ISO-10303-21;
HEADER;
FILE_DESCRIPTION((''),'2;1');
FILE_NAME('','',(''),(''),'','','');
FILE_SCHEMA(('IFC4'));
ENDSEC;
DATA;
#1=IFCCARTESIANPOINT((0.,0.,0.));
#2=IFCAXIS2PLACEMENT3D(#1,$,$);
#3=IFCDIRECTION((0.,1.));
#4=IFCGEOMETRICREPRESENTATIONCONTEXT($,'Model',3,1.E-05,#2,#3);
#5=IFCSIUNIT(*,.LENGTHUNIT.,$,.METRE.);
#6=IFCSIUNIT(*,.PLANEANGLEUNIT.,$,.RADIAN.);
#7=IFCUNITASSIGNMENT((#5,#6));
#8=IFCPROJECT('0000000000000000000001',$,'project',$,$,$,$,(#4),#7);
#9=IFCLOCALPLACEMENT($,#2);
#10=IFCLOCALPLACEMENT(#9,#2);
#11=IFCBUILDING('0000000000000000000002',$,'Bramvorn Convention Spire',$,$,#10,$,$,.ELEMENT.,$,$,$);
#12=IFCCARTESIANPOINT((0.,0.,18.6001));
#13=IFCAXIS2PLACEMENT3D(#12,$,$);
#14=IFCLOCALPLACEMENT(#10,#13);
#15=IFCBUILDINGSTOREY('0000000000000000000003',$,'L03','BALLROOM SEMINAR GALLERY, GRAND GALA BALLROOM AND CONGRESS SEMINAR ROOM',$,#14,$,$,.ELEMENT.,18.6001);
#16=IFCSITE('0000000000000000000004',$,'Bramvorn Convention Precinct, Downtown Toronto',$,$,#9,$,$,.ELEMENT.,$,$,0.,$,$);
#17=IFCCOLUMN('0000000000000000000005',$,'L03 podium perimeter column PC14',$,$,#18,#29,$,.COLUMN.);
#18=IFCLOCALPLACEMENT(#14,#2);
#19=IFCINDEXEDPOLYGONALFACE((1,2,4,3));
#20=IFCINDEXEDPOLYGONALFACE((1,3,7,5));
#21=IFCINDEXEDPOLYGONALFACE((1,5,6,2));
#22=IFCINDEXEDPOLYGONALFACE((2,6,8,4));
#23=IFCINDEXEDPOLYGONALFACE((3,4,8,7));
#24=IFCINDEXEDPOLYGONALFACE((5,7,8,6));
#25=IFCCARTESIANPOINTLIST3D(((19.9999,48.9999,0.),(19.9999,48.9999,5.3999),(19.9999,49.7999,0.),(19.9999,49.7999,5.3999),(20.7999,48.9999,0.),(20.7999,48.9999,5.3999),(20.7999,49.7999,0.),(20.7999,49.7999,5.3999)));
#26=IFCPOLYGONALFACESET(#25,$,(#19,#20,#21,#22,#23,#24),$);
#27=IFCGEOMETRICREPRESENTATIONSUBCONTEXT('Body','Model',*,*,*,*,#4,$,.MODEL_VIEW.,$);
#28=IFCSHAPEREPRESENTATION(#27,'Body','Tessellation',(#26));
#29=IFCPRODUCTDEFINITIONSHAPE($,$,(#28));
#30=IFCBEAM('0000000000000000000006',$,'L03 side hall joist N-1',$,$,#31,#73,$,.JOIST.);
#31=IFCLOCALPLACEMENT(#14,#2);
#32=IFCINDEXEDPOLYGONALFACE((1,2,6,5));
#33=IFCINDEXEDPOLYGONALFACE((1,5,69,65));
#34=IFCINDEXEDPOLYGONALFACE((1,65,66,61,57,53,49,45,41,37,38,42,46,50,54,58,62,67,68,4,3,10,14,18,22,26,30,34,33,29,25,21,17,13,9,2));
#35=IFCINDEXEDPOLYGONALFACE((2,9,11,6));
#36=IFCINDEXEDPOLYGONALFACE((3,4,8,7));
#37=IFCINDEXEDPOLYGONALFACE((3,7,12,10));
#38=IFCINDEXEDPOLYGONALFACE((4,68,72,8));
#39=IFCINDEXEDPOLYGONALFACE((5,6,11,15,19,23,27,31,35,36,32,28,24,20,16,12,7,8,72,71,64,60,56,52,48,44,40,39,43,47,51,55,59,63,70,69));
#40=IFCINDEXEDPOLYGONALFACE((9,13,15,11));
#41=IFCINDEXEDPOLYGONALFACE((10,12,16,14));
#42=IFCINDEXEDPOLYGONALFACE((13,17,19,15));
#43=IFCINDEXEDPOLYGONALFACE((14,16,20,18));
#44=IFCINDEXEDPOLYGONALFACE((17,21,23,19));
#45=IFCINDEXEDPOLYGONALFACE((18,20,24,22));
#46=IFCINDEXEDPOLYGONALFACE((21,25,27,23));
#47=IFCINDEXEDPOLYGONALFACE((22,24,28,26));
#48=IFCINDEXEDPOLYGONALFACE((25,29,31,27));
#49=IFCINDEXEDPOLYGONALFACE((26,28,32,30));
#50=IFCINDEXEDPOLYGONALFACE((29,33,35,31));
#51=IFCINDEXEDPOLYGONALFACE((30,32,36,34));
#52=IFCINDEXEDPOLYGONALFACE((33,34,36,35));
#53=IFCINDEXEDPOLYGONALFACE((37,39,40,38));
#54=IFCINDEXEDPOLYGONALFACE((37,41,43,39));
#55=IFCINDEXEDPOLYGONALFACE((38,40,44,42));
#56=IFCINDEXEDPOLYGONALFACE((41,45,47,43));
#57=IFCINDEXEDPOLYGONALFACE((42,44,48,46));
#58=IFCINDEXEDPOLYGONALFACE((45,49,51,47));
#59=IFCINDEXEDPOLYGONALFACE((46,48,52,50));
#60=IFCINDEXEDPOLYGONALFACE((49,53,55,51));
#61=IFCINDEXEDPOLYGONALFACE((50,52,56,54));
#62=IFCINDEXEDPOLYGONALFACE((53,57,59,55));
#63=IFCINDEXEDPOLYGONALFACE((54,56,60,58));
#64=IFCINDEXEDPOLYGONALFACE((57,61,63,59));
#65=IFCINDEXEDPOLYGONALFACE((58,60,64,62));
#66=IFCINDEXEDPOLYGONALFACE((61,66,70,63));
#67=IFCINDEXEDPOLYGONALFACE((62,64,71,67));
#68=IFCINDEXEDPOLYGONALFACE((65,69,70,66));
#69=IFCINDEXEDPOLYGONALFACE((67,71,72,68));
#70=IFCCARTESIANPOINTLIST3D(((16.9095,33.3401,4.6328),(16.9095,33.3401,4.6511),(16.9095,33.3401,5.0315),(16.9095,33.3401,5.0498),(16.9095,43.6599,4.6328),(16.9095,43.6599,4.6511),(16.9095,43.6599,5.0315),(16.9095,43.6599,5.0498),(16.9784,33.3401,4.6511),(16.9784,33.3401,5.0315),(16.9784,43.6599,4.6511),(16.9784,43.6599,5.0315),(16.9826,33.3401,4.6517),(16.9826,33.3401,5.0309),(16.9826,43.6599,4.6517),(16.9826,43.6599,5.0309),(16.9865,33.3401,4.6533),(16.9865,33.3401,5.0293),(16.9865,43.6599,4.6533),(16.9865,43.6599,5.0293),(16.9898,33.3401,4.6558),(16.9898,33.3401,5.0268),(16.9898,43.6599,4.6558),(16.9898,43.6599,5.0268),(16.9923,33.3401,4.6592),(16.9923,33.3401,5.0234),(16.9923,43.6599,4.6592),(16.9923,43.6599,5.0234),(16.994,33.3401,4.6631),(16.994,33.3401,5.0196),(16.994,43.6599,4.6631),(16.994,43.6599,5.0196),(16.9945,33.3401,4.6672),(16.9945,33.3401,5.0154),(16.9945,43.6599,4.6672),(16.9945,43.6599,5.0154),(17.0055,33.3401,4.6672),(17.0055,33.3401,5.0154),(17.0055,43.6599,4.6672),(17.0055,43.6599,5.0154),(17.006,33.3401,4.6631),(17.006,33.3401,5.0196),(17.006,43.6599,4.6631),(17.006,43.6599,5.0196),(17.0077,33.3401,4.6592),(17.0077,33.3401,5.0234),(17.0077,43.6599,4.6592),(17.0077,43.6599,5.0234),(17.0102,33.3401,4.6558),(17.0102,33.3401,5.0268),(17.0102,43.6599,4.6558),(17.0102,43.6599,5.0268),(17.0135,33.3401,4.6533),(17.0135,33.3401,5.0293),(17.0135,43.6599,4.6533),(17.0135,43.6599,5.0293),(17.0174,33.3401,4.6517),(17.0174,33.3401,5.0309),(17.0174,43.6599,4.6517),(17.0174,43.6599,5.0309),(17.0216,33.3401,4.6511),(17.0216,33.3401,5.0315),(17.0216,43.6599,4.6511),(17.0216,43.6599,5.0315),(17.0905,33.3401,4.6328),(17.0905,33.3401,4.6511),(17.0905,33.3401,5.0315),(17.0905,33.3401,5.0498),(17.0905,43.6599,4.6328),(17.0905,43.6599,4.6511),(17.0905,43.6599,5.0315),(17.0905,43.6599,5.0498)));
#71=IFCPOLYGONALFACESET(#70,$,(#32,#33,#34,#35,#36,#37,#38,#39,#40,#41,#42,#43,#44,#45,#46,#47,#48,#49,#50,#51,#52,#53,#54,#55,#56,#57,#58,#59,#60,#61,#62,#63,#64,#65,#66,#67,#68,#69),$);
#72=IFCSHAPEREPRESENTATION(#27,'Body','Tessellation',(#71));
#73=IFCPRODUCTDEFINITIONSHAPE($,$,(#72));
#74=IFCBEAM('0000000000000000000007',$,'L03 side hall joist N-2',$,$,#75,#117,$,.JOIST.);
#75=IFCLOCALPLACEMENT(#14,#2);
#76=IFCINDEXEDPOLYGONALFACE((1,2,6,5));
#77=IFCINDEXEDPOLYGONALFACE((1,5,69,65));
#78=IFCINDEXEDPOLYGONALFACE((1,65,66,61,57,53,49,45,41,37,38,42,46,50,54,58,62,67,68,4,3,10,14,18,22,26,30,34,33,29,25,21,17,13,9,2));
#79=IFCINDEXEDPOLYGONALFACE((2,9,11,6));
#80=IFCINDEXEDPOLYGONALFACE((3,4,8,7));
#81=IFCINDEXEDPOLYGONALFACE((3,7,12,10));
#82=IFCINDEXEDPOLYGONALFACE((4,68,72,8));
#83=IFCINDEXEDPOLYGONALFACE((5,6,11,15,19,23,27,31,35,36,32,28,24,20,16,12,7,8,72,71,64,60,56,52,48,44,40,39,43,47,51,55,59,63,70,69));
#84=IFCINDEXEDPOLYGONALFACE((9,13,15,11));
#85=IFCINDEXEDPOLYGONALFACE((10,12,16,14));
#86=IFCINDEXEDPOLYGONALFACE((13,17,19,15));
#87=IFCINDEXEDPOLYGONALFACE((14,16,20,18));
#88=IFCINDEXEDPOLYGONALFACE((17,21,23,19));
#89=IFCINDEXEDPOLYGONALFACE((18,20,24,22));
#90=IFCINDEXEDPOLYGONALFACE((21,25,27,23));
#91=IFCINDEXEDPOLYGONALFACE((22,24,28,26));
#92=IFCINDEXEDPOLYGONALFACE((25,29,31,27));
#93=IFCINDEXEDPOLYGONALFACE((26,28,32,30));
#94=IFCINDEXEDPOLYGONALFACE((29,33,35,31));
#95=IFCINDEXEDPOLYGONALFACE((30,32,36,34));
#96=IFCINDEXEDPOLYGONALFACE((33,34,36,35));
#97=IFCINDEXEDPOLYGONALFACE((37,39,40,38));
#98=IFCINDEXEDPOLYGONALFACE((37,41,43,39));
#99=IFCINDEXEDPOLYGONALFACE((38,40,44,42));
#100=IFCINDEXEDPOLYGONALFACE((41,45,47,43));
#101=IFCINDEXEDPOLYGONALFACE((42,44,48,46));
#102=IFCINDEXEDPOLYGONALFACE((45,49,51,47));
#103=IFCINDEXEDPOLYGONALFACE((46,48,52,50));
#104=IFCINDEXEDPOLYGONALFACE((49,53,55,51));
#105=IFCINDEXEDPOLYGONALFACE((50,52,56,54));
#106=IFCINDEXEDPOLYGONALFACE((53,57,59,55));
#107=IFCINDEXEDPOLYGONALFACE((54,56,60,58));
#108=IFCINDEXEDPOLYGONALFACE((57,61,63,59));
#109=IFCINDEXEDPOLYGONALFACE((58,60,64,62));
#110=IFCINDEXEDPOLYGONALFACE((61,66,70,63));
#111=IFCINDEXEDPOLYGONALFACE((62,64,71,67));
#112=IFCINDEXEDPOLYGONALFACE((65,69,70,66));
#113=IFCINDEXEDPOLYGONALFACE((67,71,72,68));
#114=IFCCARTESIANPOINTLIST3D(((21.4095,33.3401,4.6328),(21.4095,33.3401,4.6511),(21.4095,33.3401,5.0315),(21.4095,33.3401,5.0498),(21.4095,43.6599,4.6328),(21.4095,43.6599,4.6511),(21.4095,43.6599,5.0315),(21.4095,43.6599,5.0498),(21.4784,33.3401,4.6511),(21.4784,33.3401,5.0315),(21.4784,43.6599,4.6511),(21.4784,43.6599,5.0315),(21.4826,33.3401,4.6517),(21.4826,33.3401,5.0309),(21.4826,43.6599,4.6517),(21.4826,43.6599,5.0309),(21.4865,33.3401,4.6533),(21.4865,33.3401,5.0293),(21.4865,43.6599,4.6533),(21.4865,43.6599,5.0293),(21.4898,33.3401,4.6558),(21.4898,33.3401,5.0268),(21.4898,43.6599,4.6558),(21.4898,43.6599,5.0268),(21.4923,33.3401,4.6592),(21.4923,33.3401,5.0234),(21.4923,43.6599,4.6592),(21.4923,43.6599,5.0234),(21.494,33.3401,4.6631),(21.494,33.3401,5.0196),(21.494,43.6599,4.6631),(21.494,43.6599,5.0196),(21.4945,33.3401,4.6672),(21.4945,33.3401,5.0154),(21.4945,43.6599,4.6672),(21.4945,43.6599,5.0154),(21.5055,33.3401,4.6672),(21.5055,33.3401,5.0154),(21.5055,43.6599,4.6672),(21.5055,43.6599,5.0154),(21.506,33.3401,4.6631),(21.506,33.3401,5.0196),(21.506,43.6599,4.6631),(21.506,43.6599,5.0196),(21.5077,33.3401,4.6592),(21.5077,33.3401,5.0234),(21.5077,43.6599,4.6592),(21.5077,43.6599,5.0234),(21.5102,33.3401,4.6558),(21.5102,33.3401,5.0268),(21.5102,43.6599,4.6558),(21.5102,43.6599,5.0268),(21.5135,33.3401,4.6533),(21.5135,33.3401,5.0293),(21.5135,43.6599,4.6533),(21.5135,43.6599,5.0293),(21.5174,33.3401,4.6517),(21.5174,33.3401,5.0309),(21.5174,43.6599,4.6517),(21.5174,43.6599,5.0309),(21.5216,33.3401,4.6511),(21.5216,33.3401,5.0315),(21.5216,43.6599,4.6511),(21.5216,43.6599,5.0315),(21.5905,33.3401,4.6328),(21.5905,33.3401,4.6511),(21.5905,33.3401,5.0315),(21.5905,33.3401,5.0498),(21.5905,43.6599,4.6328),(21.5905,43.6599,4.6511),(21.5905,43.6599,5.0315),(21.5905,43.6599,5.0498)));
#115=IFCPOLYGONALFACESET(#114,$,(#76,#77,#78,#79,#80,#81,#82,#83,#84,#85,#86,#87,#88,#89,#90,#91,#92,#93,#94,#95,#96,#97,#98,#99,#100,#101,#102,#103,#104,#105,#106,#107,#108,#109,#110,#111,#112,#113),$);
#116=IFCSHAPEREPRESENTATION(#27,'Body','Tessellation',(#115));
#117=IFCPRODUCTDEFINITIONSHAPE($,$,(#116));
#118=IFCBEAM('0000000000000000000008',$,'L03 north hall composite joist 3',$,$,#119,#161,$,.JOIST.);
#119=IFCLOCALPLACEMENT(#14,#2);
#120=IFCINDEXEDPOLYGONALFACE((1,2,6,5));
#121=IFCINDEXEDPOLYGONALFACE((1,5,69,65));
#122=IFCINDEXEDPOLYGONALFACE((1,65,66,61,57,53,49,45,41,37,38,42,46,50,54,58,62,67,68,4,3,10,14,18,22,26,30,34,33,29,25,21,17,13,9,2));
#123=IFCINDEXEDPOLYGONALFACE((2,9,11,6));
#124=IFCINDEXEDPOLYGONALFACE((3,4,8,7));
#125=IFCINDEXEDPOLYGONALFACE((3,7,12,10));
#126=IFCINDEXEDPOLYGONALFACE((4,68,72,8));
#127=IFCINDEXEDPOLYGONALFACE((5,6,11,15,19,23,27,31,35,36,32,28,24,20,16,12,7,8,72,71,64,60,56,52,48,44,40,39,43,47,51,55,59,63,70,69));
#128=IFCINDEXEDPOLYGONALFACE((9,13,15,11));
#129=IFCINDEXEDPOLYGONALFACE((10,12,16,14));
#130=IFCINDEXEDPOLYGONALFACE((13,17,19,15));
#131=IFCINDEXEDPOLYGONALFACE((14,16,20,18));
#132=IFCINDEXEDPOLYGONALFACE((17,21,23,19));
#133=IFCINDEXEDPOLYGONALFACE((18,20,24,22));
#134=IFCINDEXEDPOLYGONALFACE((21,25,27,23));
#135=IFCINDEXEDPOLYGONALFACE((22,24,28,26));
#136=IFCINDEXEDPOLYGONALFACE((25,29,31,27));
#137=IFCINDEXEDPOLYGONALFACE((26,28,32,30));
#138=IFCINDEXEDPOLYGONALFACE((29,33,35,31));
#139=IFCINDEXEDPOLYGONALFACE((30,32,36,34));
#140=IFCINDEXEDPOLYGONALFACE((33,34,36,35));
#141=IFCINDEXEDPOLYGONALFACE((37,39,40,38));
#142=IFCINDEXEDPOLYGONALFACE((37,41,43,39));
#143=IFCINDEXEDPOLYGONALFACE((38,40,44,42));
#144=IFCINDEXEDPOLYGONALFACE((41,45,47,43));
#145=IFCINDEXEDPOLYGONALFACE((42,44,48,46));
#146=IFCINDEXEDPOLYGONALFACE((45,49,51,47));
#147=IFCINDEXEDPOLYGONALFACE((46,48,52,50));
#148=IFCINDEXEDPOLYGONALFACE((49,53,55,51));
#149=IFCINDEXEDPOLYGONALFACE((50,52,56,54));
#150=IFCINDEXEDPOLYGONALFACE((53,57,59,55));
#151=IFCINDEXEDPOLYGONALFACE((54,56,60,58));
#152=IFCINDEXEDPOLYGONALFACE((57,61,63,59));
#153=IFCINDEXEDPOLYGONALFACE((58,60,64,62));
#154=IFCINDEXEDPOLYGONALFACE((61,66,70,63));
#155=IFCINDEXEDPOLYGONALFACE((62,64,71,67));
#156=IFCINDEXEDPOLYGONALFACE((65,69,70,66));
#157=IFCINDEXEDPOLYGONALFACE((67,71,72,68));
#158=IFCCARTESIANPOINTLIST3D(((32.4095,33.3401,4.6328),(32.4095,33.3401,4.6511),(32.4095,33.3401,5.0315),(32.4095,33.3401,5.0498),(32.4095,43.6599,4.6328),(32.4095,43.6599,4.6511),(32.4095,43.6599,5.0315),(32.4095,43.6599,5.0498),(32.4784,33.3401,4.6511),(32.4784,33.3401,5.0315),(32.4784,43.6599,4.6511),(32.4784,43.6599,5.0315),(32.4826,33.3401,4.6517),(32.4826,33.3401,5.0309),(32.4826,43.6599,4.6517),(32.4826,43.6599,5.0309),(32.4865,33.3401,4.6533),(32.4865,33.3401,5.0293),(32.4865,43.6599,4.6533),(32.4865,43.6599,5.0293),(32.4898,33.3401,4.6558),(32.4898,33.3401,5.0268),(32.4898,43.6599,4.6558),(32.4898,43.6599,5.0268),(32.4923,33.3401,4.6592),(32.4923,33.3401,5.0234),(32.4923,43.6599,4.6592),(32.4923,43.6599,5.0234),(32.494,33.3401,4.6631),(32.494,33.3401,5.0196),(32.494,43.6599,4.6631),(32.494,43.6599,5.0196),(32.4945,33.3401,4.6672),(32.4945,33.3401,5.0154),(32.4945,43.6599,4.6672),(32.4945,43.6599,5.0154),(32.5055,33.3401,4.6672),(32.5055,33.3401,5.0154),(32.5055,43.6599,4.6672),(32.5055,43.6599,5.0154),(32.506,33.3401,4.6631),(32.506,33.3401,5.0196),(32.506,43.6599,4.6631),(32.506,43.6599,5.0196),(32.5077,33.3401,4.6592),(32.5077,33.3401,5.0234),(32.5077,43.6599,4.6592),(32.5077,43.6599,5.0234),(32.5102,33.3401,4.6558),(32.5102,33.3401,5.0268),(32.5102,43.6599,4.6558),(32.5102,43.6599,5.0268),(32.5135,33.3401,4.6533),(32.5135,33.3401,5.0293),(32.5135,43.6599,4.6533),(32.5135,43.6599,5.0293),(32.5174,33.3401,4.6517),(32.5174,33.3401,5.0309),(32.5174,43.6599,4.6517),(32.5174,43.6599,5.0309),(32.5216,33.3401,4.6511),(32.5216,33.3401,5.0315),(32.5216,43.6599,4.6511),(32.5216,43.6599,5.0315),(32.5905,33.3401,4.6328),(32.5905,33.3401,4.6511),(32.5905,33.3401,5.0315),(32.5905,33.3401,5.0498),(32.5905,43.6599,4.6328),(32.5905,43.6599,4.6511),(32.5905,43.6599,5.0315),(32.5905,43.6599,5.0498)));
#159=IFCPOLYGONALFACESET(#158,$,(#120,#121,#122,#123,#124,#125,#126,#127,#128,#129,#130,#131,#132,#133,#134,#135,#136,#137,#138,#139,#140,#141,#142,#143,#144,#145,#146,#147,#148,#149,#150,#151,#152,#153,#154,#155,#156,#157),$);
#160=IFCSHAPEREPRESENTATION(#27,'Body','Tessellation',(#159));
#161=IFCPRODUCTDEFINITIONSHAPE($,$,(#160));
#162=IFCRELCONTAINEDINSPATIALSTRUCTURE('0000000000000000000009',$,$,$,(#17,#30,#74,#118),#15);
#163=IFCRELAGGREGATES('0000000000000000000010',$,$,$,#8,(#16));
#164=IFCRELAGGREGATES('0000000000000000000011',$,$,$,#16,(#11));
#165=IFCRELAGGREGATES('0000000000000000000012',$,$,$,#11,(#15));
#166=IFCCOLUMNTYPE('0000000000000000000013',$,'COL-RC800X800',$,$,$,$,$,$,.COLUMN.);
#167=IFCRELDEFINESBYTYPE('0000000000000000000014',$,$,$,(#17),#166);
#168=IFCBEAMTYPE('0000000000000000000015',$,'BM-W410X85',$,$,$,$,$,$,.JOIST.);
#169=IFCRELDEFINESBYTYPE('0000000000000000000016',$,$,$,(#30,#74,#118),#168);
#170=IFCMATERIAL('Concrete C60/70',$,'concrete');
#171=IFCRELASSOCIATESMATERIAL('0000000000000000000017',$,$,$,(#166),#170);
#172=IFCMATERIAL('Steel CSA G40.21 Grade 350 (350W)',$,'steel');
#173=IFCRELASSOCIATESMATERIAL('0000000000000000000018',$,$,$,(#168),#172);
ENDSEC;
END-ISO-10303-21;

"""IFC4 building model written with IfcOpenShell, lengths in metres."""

from ifc_helpers import new_model, si_unit, direction, frame, origin, origin_2d, place, context, subcontext, project, spatial, rectangle, i_section, extrude, material, material_profile, profile_set, type_object, element, save


model = new_model("IFC4")

# Units and contexts
model_context = context("Model", 3, precision=1e-05, world=origin(), true_north=direction((0.0, 1.0)))
body_context = subcontext(model_context, "Body", "Model", "MODEL_VIEW")
ifc_project = project(units=[si_unit("LENGTHUNIT", "METRE"), si_unit("PLANEANGLEUNIT", "RADIAN")], contexts=[model_context])

# Site, building, storey
site_placement = place(None, origin())
site = spatial("IfcSite", under=ifc_project, at=site_placement, Name="Bramvorn Convention Precinct, Downtown Toronto", CompositionType="ELEMENT", RefElevation=0.0)
building_placement = place(site_placement, origin())
building = spatial("IfcBuilding", under=site, at=building_placement, Name="Bramvorn Convention Spire", CompositionType="ELEMENT")
storey_placement = place(building_placement, frame((0.0, 0.0, 18.6001)))
storey = spatial("IfcBuildingStorey", under=building, at=storey_placement, Name="L03", Description="BALLROOM SEMINAR GALLERY, GRAND GALA BALLROOM AND CONGRESS SEMINAR ROOM", CompositionType="ELEMENT", Elevation=18.6001)

# Column
ifc_material_1 = material(Name="Steel CSA G40.21 Grade 350 (350W)", Category="steel")
ifc_material_2 = material(Name="Concrete C60/70", Category="concrete")
ifc_material_profile_1 = material_profile(ifc_material_2, rectangle(XDim=0.8, YDim=0.8, at=origin_2d()))
ifc_profile_set_1 = profile_set([ifc_material_profile_1], Name="Concrete C60/70 - RC800X800")
column_type_1 = type_object("IfcColumnType", Name="COL-RC800X800", PredefinedType="COLUMN", material=ifc_profile_set_1)
column_placement = place(storey_placement, frame((20.3999, 49.3999, 0.0), z_axis=(0.0, 0.0, 1.0), x_axis=(1.0, 0.0, 0.0)))
element("IfcColumn", 1, at=column_placement, inside=storey, type_object=column_type_1, Name="L03 podium perimeter column PC14", PredefinedType="COLUMN", context=body_context, shape_type="SweptSolid", body=[
    extrude(rectangle(XDim=0.8, YDim=0.8, at=origin_2d()), origin(), (0.0, 0.0, 1.0), 5.3999),
])

# Beams
ifc_material_profile_2 = material_profile(ifc_material_1, i_section(OverallWidth=0.1809, OverallDepth=0.417, WebThickness=0.011, FlangeThickness=0.0183, FilletRadius=0.0161, at=origin_2d()))
ifc_profile_set_2 = profile_set([ifc_material_profile_2], Name="Steel CSA G40.21 Grade 350 (350W) - W410X85")
beam_type_1 = type_object("IfcBeamType", Name="BM-W410X85", PredefinedType="JOIST", material=ifc_profile_set_2)
for number, where, z_axis, x_axis, name in (
    (2, (17.0, 33.3401, 4.8413), (0.0, 1.0, 0.0), (-1.0, 0.0, 0.0), "L03 side hall joist N-1"),
    (3, (21.5, 33.3401, 4.8413), (0.0, 1.0, 0.0), (-1.0, 0.0, 0.0), "L03 side hall joist N-2"),
    (4, (32.5, 33.3401, 4.8413), (0.0, 1.0, 0.0), (-1.0, 0.0, 0.0), "L03 north hall composite joist 3"),
):
    element("IfcBeam", number, at=place(storey_placement, frame(where, z_axis=z_axis, x_axis=x_axis)), inside=storey, type_object=beam_type_1, Name=name, PredefinedType="JOIST", context=body_context, shape_type="SweptSolid", body=[
        extrude(i_section(OverallWidth=0.1809, OverallDepth=0.417, WebThickness=0.011, FlangeThickness=0.0183, FilletRadius=0.0161, at=origin_2d()), origin(), (0.0, 0.0, 1.0), 10.3198),
    ])

save(model, "model.ifc")
